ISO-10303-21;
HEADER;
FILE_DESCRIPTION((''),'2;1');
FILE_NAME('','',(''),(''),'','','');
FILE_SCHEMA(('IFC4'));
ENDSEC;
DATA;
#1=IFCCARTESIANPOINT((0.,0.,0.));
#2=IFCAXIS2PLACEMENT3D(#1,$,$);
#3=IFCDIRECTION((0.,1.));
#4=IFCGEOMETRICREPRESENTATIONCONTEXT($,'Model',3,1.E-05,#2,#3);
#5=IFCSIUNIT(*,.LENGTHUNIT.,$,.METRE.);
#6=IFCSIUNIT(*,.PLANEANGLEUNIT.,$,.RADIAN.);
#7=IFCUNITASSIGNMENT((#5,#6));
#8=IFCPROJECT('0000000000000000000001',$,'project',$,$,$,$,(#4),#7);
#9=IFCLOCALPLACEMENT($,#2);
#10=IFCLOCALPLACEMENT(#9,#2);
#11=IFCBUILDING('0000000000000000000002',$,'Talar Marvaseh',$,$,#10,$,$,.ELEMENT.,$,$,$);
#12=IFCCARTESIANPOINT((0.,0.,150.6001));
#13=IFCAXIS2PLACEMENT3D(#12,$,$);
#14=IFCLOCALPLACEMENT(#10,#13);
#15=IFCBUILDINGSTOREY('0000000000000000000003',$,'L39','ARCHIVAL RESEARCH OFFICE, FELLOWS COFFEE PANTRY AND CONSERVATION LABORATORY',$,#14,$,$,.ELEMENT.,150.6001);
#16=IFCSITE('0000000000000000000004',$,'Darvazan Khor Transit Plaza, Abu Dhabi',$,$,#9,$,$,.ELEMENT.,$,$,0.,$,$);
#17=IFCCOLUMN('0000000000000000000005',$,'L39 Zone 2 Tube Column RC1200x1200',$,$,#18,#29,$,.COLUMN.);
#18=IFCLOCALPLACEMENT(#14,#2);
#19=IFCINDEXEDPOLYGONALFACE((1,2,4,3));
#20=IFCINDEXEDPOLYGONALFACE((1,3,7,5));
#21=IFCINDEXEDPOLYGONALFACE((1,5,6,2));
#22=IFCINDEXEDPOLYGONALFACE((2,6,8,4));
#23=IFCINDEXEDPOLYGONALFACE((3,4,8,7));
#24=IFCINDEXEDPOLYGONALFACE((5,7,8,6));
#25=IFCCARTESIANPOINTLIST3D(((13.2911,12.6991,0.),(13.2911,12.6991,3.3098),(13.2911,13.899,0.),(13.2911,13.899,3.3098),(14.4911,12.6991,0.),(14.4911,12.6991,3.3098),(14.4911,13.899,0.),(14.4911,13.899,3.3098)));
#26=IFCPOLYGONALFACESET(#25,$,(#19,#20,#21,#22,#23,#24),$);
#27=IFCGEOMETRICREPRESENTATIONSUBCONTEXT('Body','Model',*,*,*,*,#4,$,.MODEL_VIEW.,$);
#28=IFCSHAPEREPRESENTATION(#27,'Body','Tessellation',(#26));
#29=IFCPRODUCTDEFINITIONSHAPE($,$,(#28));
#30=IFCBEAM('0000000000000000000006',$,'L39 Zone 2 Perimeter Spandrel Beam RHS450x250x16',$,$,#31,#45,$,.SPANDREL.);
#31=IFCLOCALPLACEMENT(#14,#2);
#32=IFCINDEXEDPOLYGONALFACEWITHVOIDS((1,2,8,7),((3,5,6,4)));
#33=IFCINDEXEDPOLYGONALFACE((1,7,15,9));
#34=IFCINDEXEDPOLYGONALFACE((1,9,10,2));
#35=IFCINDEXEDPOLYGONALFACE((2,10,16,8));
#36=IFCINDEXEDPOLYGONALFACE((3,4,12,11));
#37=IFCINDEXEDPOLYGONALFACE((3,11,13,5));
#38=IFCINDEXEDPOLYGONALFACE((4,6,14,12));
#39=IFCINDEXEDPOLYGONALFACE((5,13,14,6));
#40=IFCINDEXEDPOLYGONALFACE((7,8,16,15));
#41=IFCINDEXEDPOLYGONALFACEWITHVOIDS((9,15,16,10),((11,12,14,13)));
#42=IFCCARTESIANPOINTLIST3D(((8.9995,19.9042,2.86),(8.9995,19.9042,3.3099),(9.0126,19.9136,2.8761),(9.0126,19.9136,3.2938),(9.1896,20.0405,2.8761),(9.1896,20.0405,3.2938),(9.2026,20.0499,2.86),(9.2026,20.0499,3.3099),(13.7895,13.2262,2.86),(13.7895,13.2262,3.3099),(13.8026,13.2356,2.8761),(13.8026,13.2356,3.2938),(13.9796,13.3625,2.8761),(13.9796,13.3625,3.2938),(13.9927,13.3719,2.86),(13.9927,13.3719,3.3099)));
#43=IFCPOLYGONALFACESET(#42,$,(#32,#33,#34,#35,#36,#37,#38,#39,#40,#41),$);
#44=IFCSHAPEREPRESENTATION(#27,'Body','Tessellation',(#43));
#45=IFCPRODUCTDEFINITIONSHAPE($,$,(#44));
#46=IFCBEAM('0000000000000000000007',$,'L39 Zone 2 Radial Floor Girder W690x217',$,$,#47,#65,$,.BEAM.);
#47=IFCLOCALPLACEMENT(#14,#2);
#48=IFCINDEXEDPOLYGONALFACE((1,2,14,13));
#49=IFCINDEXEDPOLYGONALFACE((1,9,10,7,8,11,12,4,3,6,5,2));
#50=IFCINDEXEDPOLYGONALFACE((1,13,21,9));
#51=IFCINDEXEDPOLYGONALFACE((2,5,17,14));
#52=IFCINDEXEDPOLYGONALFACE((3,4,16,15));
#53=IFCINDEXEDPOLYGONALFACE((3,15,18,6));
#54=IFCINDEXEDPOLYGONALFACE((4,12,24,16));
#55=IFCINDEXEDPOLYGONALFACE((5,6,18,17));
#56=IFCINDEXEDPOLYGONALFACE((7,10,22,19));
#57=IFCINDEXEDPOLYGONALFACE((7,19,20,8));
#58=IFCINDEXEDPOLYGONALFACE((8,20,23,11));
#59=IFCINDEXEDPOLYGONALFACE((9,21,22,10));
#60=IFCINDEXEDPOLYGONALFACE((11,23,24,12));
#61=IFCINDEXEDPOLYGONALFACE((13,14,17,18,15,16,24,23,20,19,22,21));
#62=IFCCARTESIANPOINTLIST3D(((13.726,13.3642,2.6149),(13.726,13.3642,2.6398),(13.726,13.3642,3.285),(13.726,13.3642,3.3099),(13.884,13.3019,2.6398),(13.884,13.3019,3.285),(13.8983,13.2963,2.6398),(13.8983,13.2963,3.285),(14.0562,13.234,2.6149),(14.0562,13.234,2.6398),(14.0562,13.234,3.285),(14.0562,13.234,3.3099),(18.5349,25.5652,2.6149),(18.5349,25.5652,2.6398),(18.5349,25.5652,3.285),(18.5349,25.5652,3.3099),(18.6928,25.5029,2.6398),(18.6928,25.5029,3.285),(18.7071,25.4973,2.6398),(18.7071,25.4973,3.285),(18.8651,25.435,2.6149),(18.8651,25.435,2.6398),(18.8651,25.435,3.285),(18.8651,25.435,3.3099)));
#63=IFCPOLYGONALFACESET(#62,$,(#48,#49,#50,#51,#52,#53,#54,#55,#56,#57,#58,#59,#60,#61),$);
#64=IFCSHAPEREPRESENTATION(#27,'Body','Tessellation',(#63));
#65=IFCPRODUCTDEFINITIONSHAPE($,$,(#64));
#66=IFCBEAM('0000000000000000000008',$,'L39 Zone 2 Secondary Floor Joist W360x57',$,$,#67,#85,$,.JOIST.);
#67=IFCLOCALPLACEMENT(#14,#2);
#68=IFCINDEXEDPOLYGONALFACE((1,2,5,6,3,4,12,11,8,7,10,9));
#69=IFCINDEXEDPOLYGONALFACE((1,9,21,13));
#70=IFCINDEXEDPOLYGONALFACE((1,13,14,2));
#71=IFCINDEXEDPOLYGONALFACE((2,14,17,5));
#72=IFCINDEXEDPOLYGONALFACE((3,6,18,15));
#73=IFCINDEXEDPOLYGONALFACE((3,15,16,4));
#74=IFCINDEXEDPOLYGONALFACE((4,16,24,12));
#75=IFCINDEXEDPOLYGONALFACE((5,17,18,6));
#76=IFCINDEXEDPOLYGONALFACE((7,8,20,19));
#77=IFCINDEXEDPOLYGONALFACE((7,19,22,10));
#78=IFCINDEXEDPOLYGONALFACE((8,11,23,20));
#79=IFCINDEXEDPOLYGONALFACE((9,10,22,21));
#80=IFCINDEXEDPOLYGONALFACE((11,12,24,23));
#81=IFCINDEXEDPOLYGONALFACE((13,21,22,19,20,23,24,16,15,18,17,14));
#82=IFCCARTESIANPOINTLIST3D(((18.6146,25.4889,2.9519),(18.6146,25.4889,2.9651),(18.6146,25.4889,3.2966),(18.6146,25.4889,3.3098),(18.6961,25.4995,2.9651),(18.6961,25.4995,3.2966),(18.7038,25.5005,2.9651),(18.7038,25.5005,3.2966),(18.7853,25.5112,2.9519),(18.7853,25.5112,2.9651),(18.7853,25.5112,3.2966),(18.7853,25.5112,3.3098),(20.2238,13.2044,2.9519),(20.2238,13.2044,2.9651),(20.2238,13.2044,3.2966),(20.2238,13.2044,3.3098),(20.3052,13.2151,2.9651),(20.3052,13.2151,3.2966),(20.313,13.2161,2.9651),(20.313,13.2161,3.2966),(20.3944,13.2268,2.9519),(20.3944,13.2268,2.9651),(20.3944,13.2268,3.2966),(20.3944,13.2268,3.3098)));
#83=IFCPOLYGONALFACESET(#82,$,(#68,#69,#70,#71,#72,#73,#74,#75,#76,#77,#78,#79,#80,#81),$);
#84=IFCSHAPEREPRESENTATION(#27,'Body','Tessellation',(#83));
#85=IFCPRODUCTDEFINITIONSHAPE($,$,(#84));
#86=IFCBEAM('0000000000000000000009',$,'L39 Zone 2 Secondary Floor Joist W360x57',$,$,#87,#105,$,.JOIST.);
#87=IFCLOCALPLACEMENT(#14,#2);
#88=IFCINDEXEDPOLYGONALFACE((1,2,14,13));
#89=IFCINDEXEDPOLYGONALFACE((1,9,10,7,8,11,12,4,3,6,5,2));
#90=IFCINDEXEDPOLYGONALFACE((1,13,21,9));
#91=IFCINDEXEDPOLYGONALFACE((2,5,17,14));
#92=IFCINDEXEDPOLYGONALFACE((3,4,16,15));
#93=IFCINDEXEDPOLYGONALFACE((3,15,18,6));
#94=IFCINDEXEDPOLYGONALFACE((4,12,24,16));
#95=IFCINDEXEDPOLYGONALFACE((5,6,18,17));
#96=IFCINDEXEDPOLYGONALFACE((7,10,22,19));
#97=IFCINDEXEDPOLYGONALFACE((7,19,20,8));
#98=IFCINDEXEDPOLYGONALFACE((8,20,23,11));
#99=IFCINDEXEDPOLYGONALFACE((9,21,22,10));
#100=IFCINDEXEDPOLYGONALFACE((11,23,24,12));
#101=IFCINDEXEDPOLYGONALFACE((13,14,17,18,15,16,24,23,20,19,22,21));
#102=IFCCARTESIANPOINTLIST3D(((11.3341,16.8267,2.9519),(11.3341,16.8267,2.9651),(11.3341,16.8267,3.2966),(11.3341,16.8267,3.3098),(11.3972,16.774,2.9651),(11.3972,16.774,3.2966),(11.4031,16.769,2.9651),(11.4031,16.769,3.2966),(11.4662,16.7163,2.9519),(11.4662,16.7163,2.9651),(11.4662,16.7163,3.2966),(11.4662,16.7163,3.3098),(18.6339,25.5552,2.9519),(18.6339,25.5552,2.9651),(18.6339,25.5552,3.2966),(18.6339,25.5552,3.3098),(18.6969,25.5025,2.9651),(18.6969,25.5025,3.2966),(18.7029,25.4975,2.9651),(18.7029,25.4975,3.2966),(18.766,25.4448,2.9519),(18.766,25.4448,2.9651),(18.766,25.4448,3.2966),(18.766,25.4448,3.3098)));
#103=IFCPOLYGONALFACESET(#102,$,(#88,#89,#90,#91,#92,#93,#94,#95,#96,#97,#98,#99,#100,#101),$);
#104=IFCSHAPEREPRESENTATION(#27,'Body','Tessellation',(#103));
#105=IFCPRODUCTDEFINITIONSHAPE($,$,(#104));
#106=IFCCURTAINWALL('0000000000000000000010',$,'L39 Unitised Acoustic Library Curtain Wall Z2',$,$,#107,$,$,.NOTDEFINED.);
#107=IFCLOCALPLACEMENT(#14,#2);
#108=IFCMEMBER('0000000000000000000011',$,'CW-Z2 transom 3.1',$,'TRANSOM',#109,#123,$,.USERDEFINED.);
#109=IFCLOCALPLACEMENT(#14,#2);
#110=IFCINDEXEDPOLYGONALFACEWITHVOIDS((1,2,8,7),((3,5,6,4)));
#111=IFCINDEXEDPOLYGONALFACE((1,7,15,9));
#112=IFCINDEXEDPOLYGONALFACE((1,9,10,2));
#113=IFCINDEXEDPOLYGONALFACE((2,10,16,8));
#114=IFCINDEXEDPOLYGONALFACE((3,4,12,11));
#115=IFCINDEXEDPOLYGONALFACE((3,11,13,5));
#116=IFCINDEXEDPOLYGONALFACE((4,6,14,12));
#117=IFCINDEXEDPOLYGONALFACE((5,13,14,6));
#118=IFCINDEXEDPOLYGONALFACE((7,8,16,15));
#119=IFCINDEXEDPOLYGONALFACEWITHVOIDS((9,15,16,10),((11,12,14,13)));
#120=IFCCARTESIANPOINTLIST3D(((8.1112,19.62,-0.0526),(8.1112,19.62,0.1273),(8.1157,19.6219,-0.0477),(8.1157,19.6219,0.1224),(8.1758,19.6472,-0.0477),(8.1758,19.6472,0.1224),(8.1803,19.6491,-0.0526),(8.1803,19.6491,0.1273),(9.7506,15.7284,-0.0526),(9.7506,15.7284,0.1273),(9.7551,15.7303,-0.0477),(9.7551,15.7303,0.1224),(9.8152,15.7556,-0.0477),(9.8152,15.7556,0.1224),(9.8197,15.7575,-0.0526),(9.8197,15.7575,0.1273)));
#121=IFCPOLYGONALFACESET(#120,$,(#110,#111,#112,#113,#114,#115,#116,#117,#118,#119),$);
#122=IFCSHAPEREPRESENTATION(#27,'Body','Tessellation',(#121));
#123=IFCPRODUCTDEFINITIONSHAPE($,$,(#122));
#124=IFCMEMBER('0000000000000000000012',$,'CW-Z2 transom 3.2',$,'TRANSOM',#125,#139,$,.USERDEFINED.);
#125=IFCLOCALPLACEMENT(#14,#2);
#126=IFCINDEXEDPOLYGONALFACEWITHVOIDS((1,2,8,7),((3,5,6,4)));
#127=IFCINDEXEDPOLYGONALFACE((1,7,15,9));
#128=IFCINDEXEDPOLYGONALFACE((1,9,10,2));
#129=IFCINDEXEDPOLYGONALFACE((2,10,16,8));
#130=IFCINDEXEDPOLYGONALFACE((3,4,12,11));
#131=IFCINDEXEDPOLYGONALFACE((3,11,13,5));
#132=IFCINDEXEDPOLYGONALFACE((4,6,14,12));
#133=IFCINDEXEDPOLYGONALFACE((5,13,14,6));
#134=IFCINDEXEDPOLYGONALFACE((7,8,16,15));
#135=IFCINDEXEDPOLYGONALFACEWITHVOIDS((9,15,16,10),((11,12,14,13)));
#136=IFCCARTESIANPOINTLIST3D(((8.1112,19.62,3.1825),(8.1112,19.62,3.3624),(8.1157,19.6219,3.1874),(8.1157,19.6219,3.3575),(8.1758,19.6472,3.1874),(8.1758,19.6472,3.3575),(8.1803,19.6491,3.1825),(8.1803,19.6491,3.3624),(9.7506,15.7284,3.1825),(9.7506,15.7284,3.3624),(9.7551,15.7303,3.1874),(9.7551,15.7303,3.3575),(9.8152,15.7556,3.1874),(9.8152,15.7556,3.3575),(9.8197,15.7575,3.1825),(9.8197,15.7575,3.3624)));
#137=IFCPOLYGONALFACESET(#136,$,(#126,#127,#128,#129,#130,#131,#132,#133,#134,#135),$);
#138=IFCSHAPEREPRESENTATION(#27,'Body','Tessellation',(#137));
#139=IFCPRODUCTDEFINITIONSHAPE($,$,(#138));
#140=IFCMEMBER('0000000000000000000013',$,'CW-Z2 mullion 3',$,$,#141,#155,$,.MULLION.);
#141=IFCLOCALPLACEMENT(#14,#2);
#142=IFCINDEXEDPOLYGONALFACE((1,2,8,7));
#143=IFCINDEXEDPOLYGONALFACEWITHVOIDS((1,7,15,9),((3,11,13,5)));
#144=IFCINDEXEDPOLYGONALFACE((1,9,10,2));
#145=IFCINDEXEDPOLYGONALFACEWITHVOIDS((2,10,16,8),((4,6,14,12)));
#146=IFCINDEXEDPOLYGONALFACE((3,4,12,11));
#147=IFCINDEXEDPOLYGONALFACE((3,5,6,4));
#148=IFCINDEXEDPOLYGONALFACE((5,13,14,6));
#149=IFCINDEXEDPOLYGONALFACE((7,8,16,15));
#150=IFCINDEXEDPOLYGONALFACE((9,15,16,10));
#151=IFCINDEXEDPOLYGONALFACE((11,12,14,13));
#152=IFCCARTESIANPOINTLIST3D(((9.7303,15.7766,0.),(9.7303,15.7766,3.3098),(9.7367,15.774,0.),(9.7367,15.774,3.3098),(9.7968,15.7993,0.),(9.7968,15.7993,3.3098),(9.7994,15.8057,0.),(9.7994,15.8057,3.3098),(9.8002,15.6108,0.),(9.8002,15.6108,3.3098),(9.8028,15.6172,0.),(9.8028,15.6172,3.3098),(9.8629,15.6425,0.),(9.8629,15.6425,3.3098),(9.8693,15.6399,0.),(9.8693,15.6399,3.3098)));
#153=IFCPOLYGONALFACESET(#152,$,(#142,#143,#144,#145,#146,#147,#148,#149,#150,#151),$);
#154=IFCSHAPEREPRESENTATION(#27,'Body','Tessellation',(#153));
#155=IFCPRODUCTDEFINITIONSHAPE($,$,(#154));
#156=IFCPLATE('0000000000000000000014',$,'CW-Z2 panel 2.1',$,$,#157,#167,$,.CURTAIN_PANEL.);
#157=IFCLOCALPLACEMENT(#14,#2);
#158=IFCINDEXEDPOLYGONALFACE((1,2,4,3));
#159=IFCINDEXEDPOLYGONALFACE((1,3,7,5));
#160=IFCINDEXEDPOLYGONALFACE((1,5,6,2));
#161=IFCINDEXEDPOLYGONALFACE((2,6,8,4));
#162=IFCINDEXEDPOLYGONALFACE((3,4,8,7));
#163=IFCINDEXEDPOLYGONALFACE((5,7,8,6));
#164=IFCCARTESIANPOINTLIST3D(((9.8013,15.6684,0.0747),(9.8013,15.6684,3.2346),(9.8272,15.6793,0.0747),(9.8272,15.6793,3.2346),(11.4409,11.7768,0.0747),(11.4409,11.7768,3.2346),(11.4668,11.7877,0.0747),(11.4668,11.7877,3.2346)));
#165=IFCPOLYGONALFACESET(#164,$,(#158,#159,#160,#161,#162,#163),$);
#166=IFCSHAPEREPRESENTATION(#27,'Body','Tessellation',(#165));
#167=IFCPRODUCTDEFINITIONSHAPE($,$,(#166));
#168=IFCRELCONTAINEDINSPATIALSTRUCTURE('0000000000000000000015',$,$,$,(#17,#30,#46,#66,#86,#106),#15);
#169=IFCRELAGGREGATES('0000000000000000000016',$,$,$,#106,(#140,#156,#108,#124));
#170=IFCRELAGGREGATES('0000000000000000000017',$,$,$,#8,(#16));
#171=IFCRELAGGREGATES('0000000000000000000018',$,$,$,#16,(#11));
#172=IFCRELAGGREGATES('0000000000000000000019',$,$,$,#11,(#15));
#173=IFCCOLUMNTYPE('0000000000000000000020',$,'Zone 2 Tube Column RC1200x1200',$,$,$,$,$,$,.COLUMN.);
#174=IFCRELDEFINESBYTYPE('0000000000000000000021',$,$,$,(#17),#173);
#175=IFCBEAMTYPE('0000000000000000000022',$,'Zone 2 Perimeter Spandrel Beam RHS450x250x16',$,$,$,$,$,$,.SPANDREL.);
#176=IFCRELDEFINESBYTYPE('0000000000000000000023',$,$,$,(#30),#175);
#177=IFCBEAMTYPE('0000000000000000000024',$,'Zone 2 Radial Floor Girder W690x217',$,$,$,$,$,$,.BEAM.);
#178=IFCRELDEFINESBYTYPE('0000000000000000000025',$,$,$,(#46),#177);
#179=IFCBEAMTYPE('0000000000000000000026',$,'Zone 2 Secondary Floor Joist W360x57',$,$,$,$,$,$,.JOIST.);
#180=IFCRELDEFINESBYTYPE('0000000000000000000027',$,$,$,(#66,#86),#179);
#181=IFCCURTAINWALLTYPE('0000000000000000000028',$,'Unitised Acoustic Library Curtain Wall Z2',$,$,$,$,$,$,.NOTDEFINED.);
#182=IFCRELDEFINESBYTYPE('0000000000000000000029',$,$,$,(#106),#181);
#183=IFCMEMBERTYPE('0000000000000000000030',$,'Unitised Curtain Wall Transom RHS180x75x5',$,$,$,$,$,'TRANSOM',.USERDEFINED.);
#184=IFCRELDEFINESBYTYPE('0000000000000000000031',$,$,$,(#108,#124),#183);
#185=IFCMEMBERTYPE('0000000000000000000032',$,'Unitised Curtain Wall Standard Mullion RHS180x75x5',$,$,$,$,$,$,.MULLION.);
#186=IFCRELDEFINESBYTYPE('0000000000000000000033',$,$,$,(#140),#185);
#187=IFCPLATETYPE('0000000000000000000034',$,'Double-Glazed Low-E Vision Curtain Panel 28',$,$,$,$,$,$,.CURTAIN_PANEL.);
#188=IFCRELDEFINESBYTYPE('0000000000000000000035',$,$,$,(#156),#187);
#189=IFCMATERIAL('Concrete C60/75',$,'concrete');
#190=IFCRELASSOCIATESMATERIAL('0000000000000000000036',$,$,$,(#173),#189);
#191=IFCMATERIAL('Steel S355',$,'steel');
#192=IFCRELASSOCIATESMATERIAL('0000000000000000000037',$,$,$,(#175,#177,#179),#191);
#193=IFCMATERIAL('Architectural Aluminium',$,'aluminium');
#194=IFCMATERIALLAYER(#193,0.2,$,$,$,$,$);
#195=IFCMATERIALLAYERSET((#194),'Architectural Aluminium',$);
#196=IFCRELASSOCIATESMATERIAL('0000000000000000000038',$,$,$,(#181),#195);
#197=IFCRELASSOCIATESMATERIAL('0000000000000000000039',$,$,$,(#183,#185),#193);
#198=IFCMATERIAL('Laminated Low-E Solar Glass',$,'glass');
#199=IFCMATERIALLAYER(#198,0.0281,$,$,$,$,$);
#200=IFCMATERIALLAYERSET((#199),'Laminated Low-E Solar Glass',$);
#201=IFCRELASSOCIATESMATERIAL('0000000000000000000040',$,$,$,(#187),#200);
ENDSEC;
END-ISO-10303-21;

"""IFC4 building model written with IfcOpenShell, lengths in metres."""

from ifc_helpers import new_model, si_unit, direction, frame, origin, origin_2d, place, context, subcontext, project, spatial, rectangle, hollow_rectangle, i_section, extrude, source, transform, mapped, material, layer, layer_set, material_profile, profile_set, type_object, type_shapes, element, aggregate, save


model = new_model("IFC4")

# Units and contexts
model_context = context("Model", 3, precision=1e-05, world=origin(), true_north=direction((0.0, 1.0)))
body_context = subcontext(model_context, "Body", "Model", "MODEL_VIEW")
ifc_project = project(units=[si_unit("LENGTHUNIT", "METRE"), si_unit("PLANEANGLEUNIT", "RADIAN")], contexts=[model_context])

# Site, building, storey
site_placement = place(None, origin())
site = spatial("IfcSite", under=ifc_project, at=site_placement, Name="Darvazan Khor Transit Plaza, Abu Dhabi", CompositionType="ELEMENT", RefElevation=0.0)
building_placement = place(site_placement, origin())
building = spatial("IfcBuilding", under=site, at=building_placement, Name="Talar Marvaseh", CompositionType="ELEMENT")
storey_placement = place(building_placement, frame((0.0, 0.0, 150.6001)))
storey = spatial("IfcBuildingStorey", under=building, at=storey_placement, Name="L39", Description="ARCHIVAL RESEARCH OFFICE, FELLOWS COFFEE PANTRY AND CONSERVATION LABORATORY", CompositionType="ELEMENT", Elevation=150.6001)

# Column
ifc_material_1 = material(Name="Concrete C60/75", Category="concrete")
ifc_material_profile_1 = material_profile(ifc_material_1, rectangle(XDim=1.2, YDim=1.2, at=origin_2d()), Name="RC1200x1200")
ifc_profile_set_1 = profile_set([ifc_material_profile_1], Name="Concrete C60/75")
column_type = type_object("IfcColumnType", Name="Zone 2 Tube Column RC1200x1200", PredefinedType="COLUMN", material=ifc_profile_set_1)
column_placement = place(storey_placement, frame((13.8911, 13.2991, 0.0), z_axis=(0.0, 0.0, 1.0), x_axis=(1.0, 0.0, 0.0)))
element("IfcColumn", 1, at=column_placement, inside=storey, type_object=column_type, Name="L39 Zone 2 Tube Column RC1200x1200", PredefinedType="COLUMN", context=body_context, shape_type="SweptSolid", body=[
    extrude(rectangle(XDim=1.2, YDim=1.2, at=origin_2d()), origin(), (0.0, 0.0, 1.0), 3.3098),
])

# Beams
ifc_material_2 = material(Name="Steel S355", Category="steel")
ifc_material_profile_2 = material_profile(ifc_material_2, hollow_rectangle(XDim=0.25, YDim=0.45, WallThickness=0.0161, at=origin_2d()), Name="RHS450x250x16")
ifc_profile_set_2 = profile_set([ifc_material_profile_2], Name="Steel S355")
beam_type_1 = type_object("IfcBeamType", Name="Zone 2 Perimeter Spandrel Beam RHS450x250x16", PredefinedType="SPANDREL", material=ifc_profile_set_2)
beam_1_placement = place(storey_placement, frame((13.8911, 13.2991, 3.085), z_axis=(-0.582853, 0.812578, 0.0), x_axis=(-0.812578, -0.582853, 0.0)))
element("IfcBeam", 2, at=beam_1_placement, inside=storey, type_object=beam_type_1, Name="L39 Zone 2 Perimeter Spandrel Beam RHS450x250x16", PredefinedType="SPANDREL", context=body_context, shape_type="SweptSolid", body=[
    extrude(hollow_rectangle(XDim=0.25, YDim=0.45, WallThickness=0.0161, at=origin_2d()), origin(), (0.0, 0.0, 1.0), 8.2183),
])
ifc_material_profile_3 = material_profile(ifc_material_2, i_section(OverallWidth=0.355, OverallDepth=0.6951, WebThickness=0.0154, FlangeThickness=0.0249, at=origin_2d()), Name="W690x217")
ifc_profile_set_3 = profile_set([ifc_material_profile_3], Name="Steel S355")
beam_type_2 = type_object("IfcBeamType", Name="Zone 2 Radial Floor Girder W690x217", PredefinedType="BEAM", material=ifc_profile_set_3)
beam_2_placement = place(storey_placement, frame((13.8911, 13.2991, 2.9624), z_axis=(0.366684, 0.930346, 0.0), x_axis=(-0.930346, 0.366684, 0.0)))
element("IfcBeam", 3, at=beam_2_placement, inside=storey, type_object=beam_type_2, Name="L39 Zone 2 Radial Floor Girder W690x217", PredefinedType="BEAM", context=body_context, shape_type="SweptSolid", body=[
    extrude(i_section(OverallWidth=0.355, OverallDepth=0.6951, WebThickness=0.0154, FlangeThickness=0.0249, at=origin_2d()), origin(), (0.0, 0.0, 1.0), 13.1145),
])
ifc_material_profile_4 = material_profile(ifc_material_2, i_section(OverallWidth=0.1721, OverallDepth=0.3579, WebThickness=0.0078, FlangeThickness=0.0132, at=origin_2d()), Name="W360x57")
ifc_profile_set_4 = profile_set([ifc_material_profile_4], Name="Steel S355")
beam_type_3 = type_object("IfcBeamType", Name="Zone 2 Secondary Floor Joist W360x57", PredefinedType="JOIST", material=ifc_profile_set_4)
beam_3_placement = place(storey_placement, frame((20.3091, 13.2156, 3.1309), z_axis=(-0.12988, 0.99153, 0.0), x_axis=(-0.99153, -0.12988, 0.0)))
element("IfcBeam", 4, at=beam_3_placement, inside=storey, type_object=beam_type_3, Name="L39 Zone 2 Secondary Floor Joist W360x57", PredefinedType="JOIST", context=body_context, shape_type="SweptSolid", body=[
    extrude(i_section(OverallWidth=0.1721, OverallDepth=0.3579, WebThickness=0.0078, FlangeThickness=0.0132, at=origin_2d()), origin(), (0.0, 0.0, 1.0), 12.3894),
])
beam_4_placement = place(storey_placement, frame((11.4001, 16.7715, 3.1309), z_axis=(0.641534, 0.767095, 0.0), x_axis=(-0.767095, 0.641534, 0.0)))
element("IfcBeam", 5, at=beam_4_placement, inside=storey, type_object=beam_type_3, Name="L39 Zone 2 Secondary Floor Joist W360x57", PredefinedType="JOIST", context=body_context, shape_type="SweptSolid", body=[
    extrude(i_section(OverallWidth=0.1721, OverallDepth=0.3579, WebThickness=0.0078, FlangeThickness=0.0132, at=origin_2d()), origin(), (0.0, 0.0, 1.0), 11.3787),
])

# Curtain wall, members, plate
ifc_material_3 = material(Name="Architectural Aluminium", Category="aluminium")
ifc_layer_1 = layer(ifc_material_3, 0.2)
ifc_layer_set_1 = layer_set([ifc_layer_1], Name="Architectural Aluminium")
curtain_wall_type = type_object("IfcCurtainWallType", Name="Unitised Acoustic Library Curtain Wall Z2", PredefinedType="NOTDEFINED", material=ifc_layer_set_1)
curtain_wall_placement = place(storey_placement, origin())
curtain_wall = element("IfcCurtainWall", 6, at=curtain_wall_placement, inside=storey, type_object=curtain_wall_type, Name="L39 Unitised Acoustic Library Curtain Wall Z2", PredefinedType="NOTDEFINED")
ifc_material_profile_5 = material_profile(ifc_material_3, hollow_rectangle(XDim=0.075, YDim=0.1799, WallThickness=0.0049, at=origin_2d()), Name="RHS180x75x5")
ifc_profile_set_5 = profile_set([ifc_material_profile_5], Name="Architectural Aluminium")
member_type_1 = type_object("IfcMemberType", Name="Unitised Curtain Wall Transom RHS180x75x5", ElementType="TRANSOM", PredefinedType="USERDEFINED", material=ifc_profile_set_5)
shared_shape_1 = source(origin(), body_context, "Body", "SweptSolid", [
    extrude(hollow_rectangle(XDim=0.075, YDim=0.1799, WallThickness=0.0049, at=origin_2d()), origin(), (0.0, 0.0, 1.0), 4.2229),
])
type_shapes(member_type_1, [shared_shape_1])
member_1_placement = place(storey_placement, frame((9.7852, 15.7429, 0.0374), z_axis=(-0.388225, 0.921565, 0.0), x_axis=(-0.921565, -0.388225, 0.0)))
member_1 = element("IfcMember", 7, at=member_1_placement, type_object=member_type_1, Name="CW-Z2 transom 3.1", ObjectType="TRANSOM", PredefinedType="USERDEFINED", context=body_context, shape_type="MappedRepresentation", body=[
    mapped(shared_shape_1, transform((0.0, 0.0, 0.0), x_axis=(1.0, 0.0, 0.0), y_axis=(0.0, 1.0, 0.0), z_axis=(0.0, 0.0, 1.0), scale=1.0)),
])
member_2_placement = place(storey_placement, frame((9.7852, 15.7429, 3.2725), z_axis=(-0.388225, 0.921565, 0.0), x_axis=(-0.921565, -0.388225, 0.0)))
member_2 = element("IfcMember", 8, at=member_2_placement, type_object=member_type_1, Name="CW-Z2 transom 3.2", ObjectType="TRANSOM", PredefinedType="USERDEFINED", context=body_context, shape_type="MappedRepresentation", body=[
    mapped(shared_shape_1, transform((0.0, 0.0, 0.0), x_axis=(1.0, 0.0, 0.0), y_axis=(0.0, 1.0, 0.0), z_axis=(0.0, 0.0, 1.0), scale=1.0)),
])
ifc_material_profile_6 = material_profile(ifc_material_3, hollow_rectangle(XDim=0.075, YDim=0.1799, WallThickness=0.0049, at=origin_2d()), Name="RHS180x75x5")
ifc_profile_set_6 = profile_set([ifc_material_profile_6], Name="Architectural Aluminium")
member_type_2 = type_object("IfcMemberType", Name="Unitised Curtain Wall Standard Mullion RHS180x75x5", PredefinedType="MULLION", material=ifc_profile_set_6)
shared_shape_2 = source(origin(), body_context, "Body", "SweptSolid", [
    extrude(hollow_rectangle(XDim=0.075, YDim=0.1799, WallThickness=0.0049, at=origin_2d()), origin(), (0.0, 0.0, 1.0), 3.3098),
])
type_shapes(member_type_2, [shared_shape_2])
member_3_placement = place(storey_placement, frame((9.7998, 15.7083, 0.0), z_axis=(0.0, 0.0, 1.0), x_axis=(-0.92155, -0.38826, 0.0)))
member_3 = element("IfcMember", 9, at=member_3_placement, type_object=member_type_2, Name="CW-Z2 mullion 3", PredefinedType="MULLION", context=body_context, shape_type="MappedRepresentation", body=[
    mapped(shared_shape_2, transform((0.0, 0.0, 0.0), x_axis=(1.0, 0.0, 0.0), y_axis=(0.0, 1.0, 0.0), z_axis=(0.0, 0.0, 1.0), scale=1.0)),
])
ifc_material_4 = material(Name="Laminated Low-E Solar Glass", Category="glass")
ifc_layer_2 = layer(ifc_material_4, 0.0281)
ifc_layer_set_2 = layer_set([ifc_layer_2], Name="Laminated Low-E Solar Glass")
plate_type = type_object("IfcPlateType", Name="Double-Glazed Low-E Vision Curtain Panel 28", PredefinedType="CURTAIN_PANEL", material=ifc_layer_set_2)
shared_shape_3 = source(origin(), body_context, "Body", "SweptSolid", [
    extrude(rectangle(XDim=4.2229, YDim=0.0281, at=origin_2d()), origin(), (0.0, 0.0, 1.0), 3.1599),
])
type_shapes(plate_type, [shared_shape_3])
plate_placement = place(storey_placement, frame((10.634, 13.728, 0.0747), z_axis=(0.0, 0.0, 1.0), x_axis=(-0.38826, 0.92155, 0.0)))
plate = element("IfcPlate", 10, at=plate_placement, type_object=plate_type, Name="CW-Z2 panel 2.1", PredefinedType="CURTAIN_PANEL", context=body_context, shape_type="MappedRepresentation", body=[
    mapped(shared_shape_3, transform((0.0, 0.0, 0.0), x_axis=(1.0, 0.0, 0.0), y_axis=(0.0, 1.0, 0.0), z_axis=(0.0, 0.0, 1.0), scale=1.0)),
])
aggregate(curtain_wall, [member_3, plate, member_1, member_2])

save(model, "model.ifc")
